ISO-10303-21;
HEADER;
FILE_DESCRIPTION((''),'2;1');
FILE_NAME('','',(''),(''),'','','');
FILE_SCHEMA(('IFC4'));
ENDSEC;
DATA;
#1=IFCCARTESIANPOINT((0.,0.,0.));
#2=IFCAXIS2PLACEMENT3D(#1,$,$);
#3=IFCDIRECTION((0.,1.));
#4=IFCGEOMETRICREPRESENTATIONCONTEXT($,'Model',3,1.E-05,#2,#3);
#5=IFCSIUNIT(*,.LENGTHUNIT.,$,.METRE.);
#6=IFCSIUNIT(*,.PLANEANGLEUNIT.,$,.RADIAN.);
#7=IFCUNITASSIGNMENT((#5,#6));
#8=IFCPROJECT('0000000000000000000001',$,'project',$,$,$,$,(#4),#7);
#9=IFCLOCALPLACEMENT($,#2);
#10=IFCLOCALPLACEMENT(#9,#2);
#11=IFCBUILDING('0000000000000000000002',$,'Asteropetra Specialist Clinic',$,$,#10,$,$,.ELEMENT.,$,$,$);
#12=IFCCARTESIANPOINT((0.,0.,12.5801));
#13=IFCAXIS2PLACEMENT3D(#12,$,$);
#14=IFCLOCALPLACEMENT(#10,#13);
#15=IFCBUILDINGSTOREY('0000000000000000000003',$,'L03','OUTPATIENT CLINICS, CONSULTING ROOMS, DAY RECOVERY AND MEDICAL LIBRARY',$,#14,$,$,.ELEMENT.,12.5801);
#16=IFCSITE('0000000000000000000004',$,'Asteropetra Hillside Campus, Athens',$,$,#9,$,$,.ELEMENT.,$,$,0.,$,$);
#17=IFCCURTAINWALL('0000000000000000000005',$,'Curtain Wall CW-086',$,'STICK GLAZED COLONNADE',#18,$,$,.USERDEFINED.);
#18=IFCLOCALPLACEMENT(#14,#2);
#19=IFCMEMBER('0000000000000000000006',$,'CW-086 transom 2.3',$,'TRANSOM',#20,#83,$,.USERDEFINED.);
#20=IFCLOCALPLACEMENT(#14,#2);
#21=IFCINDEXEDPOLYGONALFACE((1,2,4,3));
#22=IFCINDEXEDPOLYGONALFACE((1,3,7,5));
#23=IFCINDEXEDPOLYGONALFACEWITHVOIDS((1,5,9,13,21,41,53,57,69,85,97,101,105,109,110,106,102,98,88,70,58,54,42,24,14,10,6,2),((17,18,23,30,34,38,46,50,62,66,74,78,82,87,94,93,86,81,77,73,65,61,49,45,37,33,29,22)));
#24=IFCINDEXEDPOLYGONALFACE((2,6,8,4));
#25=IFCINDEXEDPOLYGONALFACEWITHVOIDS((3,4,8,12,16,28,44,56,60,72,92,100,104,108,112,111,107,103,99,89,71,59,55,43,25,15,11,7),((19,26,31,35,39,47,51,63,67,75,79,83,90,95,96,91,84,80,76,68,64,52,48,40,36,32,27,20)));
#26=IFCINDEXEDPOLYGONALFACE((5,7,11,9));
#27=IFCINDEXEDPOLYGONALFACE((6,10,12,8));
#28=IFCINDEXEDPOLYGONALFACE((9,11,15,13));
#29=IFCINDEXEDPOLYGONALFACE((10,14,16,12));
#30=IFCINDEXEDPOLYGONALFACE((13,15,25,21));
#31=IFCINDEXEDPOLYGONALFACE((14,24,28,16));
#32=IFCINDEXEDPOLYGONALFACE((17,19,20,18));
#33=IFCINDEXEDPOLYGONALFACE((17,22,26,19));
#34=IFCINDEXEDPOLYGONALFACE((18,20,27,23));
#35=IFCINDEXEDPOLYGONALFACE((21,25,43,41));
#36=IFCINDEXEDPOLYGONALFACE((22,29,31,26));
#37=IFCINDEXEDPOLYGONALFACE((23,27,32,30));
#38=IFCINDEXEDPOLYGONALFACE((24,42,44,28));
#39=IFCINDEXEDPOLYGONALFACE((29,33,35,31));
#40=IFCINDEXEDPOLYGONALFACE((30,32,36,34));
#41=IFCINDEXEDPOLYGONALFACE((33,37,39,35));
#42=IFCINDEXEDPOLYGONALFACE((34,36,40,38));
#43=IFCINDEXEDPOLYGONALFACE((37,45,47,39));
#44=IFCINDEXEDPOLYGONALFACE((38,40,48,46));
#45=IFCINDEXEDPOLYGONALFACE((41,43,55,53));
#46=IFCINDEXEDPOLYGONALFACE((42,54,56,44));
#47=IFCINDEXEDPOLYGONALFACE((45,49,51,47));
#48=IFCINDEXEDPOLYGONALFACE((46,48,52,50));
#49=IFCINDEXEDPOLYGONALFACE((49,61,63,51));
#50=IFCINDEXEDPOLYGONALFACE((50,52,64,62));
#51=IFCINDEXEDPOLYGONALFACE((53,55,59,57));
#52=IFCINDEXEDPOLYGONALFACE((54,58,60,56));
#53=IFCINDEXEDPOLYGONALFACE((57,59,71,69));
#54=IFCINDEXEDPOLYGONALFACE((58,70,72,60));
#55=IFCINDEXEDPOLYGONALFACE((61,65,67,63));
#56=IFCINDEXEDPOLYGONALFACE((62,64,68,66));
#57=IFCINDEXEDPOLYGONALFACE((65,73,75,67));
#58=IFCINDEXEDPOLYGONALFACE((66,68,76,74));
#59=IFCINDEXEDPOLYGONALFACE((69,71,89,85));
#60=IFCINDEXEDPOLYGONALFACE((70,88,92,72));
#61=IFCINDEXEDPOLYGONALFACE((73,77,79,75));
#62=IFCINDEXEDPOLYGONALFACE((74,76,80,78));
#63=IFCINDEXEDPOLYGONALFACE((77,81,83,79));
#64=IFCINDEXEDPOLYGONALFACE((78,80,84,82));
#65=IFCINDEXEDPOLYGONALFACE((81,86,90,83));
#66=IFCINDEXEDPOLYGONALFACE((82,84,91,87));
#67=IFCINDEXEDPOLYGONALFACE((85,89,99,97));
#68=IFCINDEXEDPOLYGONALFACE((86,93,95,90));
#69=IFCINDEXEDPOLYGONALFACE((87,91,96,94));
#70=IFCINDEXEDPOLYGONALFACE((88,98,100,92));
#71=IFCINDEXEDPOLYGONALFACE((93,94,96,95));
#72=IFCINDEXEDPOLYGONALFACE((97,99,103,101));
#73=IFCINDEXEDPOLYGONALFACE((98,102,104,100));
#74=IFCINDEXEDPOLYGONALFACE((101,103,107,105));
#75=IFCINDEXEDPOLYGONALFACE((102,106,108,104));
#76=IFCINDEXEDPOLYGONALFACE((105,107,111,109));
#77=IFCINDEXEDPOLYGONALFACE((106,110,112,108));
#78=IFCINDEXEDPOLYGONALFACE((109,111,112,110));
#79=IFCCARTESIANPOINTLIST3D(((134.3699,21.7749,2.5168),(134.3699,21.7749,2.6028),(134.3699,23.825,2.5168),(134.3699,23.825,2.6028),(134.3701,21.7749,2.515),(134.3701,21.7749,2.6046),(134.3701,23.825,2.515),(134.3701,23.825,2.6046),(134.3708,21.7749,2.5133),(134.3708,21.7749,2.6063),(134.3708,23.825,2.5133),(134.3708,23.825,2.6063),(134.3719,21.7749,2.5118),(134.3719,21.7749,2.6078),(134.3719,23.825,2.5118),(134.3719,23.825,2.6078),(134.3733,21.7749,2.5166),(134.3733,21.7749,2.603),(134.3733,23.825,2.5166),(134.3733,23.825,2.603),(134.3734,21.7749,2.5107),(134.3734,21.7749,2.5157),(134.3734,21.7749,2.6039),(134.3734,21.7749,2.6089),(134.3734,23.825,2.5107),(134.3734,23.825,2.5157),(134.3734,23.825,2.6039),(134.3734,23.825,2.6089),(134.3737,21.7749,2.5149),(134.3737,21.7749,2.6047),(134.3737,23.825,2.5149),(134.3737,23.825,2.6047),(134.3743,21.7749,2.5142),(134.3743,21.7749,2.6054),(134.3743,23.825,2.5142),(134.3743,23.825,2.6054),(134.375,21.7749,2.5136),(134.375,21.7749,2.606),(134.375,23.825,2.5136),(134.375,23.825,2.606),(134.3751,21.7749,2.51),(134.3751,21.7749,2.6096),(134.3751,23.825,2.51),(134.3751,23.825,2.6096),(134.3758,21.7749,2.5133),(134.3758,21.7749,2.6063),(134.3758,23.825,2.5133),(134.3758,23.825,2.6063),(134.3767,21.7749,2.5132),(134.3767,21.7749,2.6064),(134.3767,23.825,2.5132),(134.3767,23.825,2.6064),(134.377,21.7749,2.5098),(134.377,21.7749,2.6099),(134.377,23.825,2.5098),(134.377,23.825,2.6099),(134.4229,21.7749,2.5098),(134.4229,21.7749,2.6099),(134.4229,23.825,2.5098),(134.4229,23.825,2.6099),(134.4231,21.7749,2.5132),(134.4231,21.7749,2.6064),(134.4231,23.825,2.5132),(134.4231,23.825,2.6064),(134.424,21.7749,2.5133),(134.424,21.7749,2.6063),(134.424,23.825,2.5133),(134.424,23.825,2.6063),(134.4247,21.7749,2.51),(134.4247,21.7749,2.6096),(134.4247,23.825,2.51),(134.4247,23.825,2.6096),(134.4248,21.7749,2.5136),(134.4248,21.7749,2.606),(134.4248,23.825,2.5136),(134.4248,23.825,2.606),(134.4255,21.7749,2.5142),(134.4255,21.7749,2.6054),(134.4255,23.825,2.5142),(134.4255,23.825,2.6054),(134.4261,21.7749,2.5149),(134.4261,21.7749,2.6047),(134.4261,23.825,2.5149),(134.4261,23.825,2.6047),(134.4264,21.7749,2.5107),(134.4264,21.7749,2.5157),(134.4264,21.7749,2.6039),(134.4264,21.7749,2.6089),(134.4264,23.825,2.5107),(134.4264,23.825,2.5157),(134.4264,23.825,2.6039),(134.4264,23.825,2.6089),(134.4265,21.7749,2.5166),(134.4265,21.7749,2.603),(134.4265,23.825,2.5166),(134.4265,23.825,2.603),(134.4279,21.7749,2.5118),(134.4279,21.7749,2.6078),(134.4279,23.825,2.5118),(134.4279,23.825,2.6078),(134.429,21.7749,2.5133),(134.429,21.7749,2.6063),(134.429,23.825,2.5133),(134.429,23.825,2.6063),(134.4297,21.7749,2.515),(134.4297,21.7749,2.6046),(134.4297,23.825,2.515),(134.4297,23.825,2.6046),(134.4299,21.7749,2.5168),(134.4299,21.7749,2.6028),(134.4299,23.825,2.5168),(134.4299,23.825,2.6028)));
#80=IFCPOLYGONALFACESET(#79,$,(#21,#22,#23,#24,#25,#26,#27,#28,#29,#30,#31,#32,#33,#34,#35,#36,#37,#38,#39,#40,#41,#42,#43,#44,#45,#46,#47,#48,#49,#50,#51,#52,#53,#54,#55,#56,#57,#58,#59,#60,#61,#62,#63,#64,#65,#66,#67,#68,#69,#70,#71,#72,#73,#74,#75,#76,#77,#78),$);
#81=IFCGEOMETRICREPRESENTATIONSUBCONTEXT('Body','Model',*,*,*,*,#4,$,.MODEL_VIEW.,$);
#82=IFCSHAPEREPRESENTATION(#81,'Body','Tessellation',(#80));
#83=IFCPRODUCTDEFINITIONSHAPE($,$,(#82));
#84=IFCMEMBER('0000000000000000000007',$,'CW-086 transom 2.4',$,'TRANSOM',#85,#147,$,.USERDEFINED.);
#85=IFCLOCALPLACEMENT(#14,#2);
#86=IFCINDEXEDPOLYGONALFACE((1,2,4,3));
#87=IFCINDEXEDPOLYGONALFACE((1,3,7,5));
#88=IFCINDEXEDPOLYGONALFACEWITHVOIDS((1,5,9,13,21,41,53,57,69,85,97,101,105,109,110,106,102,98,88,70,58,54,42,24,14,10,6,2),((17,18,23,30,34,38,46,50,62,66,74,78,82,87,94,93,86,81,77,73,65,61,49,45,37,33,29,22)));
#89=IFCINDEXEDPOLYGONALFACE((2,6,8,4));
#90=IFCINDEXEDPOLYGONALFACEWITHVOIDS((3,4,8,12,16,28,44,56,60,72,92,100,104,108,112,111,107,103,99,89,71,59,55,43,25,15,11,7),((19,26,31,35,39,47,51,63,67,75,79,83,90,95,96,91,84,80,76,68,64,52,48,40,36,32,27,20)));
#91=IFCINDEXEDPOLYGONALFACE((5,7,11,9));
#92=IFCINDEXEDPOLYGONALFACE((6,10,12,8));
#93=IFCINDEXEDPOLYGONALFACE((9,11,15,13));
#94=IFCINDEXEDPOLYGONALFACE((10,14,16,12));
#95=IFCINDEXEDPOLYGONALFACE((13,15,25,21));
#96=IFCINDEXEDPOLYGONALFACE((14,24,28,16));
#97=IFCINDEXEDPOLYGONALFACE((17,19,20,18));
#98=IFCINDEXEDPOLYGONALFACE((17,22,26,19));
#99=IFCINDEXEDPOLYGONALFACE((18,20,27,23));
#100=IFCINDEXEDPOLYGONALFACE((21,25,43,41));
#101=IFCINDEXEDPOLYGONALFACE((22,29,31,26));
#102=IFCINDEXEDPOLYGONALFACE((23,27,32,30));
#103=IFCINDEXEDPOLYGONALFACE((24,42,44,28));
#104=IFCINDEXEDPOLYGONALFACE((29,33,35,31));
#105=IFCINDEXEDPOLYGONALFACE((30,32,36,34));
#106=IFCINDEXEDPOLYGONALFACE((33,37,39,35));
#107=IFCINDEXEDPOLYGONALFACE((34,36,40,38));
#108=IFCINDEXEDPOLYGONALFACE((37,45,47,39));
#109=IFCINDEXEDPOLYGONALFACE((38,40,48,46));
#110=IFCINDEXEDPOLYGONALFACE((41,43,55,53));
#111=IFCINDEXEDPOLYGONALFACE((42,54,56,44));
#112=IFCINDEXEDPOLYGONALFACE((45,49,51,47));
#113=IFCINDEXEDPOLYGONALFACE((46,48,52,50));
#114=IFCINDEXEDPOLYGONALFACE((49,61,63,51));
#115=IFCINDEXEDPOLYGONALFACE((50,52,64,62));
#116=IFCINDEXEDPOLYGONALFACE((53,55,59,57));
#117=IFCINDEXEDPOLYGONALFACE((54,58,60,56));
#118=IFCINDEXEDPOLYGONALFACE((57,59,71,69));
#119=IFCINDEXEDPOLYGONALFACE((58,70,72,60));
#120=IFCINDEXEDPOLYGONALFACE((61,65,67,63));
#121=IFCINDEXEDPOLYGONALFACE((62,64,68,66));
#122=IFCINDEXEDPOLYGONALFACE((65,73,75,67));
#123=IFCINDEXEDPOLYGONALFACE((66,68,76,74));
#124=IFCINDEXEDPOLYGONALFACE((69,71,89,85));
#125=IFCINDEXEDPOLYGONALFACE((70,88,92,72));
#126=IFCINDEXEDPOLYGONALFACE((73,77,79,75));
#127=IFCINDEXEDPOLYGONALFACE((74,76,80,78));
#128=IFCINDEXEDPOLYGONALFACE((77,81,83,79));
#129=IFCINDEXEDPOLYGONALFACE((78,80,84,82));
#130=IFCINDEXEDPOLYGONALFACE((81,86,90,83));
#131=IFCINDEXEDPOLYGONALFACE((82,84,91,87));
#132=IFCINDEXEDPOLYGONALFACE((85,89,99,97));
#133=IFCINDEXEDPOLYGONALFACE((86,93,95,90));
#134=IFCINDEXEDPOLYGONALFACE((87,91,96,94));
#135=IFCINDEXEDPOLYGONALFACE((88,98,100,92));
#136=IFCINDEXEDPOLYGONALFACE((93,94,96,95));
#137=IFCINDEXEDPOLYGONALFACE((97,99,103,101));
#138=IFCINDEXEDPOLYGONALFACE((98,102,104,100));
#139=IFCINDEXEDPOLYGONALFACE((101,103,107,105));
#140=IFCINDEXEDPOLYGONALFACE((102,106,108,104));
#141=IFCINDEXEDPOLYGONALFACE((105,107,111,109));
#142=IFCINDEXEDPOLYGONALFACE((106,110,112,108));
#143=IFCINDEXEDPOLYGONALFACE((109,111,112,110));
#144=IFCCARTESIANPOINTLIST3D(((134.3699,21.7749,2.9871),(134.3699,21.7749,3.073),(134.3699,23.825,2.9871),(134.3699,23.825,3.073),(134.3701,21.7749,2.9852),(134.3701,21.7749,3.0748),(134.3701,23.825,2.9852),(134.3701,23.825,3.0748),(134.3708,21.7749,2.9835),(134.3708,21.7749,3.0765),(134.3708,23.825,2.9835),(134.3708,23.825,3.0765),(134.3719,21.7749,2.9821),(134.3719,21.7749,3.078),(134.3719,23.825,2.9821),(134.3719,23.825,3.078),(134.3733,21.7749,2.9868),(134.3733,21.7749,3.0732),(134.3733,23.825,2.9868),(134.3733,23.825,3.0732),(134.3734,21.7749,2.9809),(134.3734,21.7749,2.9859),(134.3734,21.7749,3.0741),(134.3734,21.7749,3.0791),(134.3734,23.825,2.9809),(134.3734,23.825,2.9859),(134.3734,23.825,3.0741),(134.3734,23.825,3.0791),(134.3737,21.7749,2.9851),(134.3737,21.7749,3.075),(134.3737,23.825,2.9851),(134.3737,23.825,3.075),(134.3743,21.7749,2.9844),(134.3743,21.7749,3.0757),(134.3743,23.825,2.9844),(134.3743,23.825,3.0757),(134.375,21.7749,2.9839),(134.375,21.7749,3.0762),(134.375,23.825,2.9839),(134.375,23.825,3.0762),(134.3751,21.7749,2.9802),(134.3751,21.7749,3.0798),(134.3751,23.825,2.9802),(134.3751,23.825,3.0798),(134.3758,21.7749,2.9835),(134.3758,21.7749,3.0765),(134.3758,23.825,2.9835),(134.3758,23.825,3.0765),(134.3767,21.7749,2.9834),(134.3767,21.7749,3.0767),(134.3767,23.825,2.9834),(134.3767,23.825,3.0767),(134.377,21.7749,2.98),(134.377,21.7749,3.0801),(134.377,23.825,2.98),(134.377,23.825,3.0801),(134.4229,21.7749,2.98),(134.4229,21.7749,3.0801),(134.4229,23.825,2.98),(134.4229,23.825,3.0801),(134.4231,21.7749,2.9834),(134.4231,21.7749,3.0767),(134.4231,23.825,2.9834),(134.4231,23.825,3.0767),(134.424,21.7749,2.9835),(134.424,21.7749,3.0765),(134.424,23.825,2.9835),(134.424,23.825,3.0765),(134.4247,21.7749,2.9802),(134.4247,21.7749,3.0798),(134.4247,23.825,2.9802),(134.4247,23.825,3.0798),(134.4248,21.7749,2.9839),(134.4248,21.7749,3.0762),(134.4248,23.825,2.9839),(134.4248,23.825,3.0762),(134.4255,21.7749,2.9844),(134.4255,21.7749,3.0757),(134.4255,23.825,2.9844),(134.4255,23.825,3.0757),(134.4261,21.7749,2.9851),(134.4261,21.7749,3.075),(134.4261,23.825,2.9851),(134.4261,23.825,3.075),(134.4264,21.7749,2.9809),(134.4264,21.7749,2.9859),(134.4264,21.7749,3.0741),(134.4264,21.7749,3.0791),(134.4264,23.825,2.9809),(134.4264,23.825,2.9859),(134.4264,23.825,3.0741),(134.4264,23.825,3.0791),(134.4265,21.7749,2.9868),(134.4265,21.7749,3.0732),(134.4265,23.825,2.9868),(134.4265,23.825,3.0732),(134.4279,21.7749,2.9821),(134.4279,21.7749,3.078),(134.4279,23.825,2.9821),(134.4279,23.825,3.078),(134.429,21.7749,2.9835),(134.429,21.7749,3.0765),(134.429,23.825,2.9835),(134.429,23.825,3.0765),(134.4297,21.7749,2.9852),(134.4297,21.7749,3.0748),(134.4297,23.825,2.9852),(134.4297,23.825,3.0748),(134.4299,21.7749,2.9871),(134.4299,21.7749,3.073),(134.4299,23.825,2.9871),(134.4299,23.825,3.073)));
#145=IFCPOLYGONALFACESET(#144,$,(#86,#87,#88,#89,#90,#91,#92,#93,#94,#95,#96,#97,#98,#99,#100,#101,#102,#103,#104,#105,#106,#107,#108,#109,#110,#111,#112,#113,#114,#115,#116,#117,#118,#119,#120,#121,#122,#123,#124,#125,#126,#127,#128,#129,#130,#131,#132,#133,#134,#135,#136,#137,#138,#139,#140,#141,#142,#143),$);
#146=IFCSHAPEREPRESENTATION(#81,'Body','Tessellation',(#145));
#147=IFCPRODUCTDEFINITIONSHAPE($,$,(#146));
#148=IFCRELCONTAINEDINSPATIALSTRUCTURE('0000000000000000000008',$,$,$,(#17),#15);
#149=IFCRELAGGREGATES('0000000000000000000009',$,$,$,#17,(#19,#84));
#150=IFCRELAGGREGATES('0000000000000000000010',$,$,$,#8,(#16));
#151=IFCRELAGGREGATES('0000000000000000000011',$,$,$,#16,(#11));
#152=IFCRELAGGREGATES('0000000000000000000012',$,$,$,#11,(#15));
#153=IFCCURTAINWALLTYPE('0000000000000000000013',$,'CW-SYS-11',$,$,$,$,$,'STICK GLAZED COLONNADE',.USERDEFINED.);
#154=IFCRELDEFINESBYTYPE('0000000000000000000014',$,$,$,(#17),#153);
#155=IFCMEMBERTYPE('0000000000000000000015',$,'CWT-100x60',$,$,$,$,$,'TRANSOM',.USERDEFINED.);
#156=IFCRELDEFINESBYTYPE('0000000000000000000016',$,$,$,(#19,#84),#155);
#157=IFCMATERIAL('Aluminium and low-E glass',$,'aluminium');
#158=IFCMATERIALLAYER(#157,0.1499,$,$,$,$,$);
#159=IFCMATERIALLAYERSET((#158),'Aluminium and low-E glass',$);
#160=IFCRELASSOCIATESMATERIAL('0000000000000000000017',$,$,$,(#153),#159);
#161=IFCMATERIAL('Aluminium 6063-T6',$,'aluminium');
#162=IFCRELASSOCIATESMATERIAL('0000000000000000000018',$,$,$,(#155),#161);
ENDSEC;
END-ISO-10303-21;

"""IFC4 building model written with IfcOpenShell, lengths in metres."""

from ifc_helpers import new_model, si_unit, direction, frame, origin, origin_2d, place, context, subcontext, project, spatial, hollow_rectangle, extrude, material, layer, layer_set, material_profile, profile_set, type_object, element, aggregate, save


model = new_model("IFC4")

# Units and contexts
model_context = context("Model", 3, precision=1e-05, world=origin(), true_north=direction((0.0, 1.0)))
body_context = subcontext(model_context, "Body", "Model", "MODEL_VIEW")
ifc_project = project(units=[si_unit("LENGTHUNIT", "METRE"), si_unit("PLANEANGLEUNIT", "RADIAN")], contexts=[model_context])

# Site, building, storey
site_placement = place(None, origin())
site = spatial("IfcSite", under=ifc_project, at=site_placement, Name="Asteropetra Hillside Campus, Athens", CompositionType="ELEMENT", RefElevation=0.0)
building_placement = place(site_placement, origin())
building = spatial("IfcBuilding", under=site, at=building_placement, Name="Asteropetra Specialist Clinic", CompositionType="ELEMENT")
storey_placement = place(building_placement, frame((0.0, 0.0, 12.5801)))
storey = spatial("IfcBuildingStorey", under=building, at=storey_placement, Name="L03", Description="OUTPATIENT CLINICS, CONSULTING ROOMS, DAY RECOVERY AND MEDICAL LIBRARY", CompositionType="ELEMENT", Elevation=12.5801)

# Curtain wall, members
ifc_material_1 = material(Name="Aluminium and low-E glass", Category="aluminium")
ifc_layer_1 = layer(ifc_material_1, 0.1499)
ifc_layer_set_1 = layer_set([ifc_layer_1], Name="Aluminium and low-E glass")
curtain_wall_type_1 = type_object("IfcCurtainWallType", Name="CW-SYS-11", ElementType="STICK GLAZED COLONNADE", PredefinedType="USERDEFINED", material=ifc_layer_set_1)
curtain_wall_1_placement = place(storey_placement, origin())
curtain_wall_1 = element("IfcCurtainWall", 1, at=curtain_wall_1_placement, inside=storey, type_object=curtain_wall_type_1, Name="Curtain Wall CW-086", ObjectType="STICK GLAZED COLONNADE", PredefinedType="USERDEFINED")
ifc_material_2 = material(Name="Aluminium 6063-T6", Category="aluminium")
ifc_material_profile_1 = material_profile(ifc_material_2, hollow_rectangle(XDim=0.0601, YDim=0.1001, WallThickness=0.0034, InnerFilletRadius=0.0034, OuterFilletRadius=0.0071, at=origin_2d()), Name="TRN 100x60x3.5")
ifc_profile_set_1 = profile_set([ifc_material_profile_1], Name="Aluminium 6063-T6")
member_type_1 = type_object("IfcMemberType", Name="CWT-100x60", ElementType="TRANSOM", PredefinedType="USERDEFINED", material=ifc_profile_set_1)
member_1_placement = place(storey_placement, frame((134.3999, 21.7749, 2.5598), z_axis=(0.0, 1.0, 0.0), x_axis=(-1.0, 0.0, 0.0)))
member_1 = element("IfcMember", 2, at=member_1_placement, type_object=member_type_1, Name="CW-086 transom 2.3", ObjectType="TRANSOM", PredefinedType="USERDEFINED", context=body_context, shape_type="SweptSolid", body=[
    extrude(hollow_rectangle(XDim=0.0601, YDim=0.1001, WallThickness=0.0034, InnerFilletRadius=0.0034, OuterFilletRadius=0.0071, at=origin_2d()), origin(), (0.0, 0.0, 1.0), 2.05),
])
member_2_placement = place(storey_placement, frame((134.3999, 21.7749, 3.03), z_axis=(0.0, 1.0, 0.0), x_axis=(-1.0, 0.0, 0.0)))
member_2 = element("IfcMember", 3, at=member_2_placement, type_object=member_type_1, Name="CW-086 transom 2.4", ObjectType="TRANSOM", PredefinedType="USERDEFINED", context=body_context, shape_type="SweptSolid", body=[
    extrude(hollow_rectangle(XDim=0.0601, YDim=0.1001, WallThickness=0.0034, InnerFilletRadius=0.0034, OuterFilletRadius=0.0071, at=origin_2d()), origin(), (0.0, 0.0, 1.0), 2.05),
])

aggregate(curtain_wall_1, [member_1, member_2])

save(model, "model.ifc")
